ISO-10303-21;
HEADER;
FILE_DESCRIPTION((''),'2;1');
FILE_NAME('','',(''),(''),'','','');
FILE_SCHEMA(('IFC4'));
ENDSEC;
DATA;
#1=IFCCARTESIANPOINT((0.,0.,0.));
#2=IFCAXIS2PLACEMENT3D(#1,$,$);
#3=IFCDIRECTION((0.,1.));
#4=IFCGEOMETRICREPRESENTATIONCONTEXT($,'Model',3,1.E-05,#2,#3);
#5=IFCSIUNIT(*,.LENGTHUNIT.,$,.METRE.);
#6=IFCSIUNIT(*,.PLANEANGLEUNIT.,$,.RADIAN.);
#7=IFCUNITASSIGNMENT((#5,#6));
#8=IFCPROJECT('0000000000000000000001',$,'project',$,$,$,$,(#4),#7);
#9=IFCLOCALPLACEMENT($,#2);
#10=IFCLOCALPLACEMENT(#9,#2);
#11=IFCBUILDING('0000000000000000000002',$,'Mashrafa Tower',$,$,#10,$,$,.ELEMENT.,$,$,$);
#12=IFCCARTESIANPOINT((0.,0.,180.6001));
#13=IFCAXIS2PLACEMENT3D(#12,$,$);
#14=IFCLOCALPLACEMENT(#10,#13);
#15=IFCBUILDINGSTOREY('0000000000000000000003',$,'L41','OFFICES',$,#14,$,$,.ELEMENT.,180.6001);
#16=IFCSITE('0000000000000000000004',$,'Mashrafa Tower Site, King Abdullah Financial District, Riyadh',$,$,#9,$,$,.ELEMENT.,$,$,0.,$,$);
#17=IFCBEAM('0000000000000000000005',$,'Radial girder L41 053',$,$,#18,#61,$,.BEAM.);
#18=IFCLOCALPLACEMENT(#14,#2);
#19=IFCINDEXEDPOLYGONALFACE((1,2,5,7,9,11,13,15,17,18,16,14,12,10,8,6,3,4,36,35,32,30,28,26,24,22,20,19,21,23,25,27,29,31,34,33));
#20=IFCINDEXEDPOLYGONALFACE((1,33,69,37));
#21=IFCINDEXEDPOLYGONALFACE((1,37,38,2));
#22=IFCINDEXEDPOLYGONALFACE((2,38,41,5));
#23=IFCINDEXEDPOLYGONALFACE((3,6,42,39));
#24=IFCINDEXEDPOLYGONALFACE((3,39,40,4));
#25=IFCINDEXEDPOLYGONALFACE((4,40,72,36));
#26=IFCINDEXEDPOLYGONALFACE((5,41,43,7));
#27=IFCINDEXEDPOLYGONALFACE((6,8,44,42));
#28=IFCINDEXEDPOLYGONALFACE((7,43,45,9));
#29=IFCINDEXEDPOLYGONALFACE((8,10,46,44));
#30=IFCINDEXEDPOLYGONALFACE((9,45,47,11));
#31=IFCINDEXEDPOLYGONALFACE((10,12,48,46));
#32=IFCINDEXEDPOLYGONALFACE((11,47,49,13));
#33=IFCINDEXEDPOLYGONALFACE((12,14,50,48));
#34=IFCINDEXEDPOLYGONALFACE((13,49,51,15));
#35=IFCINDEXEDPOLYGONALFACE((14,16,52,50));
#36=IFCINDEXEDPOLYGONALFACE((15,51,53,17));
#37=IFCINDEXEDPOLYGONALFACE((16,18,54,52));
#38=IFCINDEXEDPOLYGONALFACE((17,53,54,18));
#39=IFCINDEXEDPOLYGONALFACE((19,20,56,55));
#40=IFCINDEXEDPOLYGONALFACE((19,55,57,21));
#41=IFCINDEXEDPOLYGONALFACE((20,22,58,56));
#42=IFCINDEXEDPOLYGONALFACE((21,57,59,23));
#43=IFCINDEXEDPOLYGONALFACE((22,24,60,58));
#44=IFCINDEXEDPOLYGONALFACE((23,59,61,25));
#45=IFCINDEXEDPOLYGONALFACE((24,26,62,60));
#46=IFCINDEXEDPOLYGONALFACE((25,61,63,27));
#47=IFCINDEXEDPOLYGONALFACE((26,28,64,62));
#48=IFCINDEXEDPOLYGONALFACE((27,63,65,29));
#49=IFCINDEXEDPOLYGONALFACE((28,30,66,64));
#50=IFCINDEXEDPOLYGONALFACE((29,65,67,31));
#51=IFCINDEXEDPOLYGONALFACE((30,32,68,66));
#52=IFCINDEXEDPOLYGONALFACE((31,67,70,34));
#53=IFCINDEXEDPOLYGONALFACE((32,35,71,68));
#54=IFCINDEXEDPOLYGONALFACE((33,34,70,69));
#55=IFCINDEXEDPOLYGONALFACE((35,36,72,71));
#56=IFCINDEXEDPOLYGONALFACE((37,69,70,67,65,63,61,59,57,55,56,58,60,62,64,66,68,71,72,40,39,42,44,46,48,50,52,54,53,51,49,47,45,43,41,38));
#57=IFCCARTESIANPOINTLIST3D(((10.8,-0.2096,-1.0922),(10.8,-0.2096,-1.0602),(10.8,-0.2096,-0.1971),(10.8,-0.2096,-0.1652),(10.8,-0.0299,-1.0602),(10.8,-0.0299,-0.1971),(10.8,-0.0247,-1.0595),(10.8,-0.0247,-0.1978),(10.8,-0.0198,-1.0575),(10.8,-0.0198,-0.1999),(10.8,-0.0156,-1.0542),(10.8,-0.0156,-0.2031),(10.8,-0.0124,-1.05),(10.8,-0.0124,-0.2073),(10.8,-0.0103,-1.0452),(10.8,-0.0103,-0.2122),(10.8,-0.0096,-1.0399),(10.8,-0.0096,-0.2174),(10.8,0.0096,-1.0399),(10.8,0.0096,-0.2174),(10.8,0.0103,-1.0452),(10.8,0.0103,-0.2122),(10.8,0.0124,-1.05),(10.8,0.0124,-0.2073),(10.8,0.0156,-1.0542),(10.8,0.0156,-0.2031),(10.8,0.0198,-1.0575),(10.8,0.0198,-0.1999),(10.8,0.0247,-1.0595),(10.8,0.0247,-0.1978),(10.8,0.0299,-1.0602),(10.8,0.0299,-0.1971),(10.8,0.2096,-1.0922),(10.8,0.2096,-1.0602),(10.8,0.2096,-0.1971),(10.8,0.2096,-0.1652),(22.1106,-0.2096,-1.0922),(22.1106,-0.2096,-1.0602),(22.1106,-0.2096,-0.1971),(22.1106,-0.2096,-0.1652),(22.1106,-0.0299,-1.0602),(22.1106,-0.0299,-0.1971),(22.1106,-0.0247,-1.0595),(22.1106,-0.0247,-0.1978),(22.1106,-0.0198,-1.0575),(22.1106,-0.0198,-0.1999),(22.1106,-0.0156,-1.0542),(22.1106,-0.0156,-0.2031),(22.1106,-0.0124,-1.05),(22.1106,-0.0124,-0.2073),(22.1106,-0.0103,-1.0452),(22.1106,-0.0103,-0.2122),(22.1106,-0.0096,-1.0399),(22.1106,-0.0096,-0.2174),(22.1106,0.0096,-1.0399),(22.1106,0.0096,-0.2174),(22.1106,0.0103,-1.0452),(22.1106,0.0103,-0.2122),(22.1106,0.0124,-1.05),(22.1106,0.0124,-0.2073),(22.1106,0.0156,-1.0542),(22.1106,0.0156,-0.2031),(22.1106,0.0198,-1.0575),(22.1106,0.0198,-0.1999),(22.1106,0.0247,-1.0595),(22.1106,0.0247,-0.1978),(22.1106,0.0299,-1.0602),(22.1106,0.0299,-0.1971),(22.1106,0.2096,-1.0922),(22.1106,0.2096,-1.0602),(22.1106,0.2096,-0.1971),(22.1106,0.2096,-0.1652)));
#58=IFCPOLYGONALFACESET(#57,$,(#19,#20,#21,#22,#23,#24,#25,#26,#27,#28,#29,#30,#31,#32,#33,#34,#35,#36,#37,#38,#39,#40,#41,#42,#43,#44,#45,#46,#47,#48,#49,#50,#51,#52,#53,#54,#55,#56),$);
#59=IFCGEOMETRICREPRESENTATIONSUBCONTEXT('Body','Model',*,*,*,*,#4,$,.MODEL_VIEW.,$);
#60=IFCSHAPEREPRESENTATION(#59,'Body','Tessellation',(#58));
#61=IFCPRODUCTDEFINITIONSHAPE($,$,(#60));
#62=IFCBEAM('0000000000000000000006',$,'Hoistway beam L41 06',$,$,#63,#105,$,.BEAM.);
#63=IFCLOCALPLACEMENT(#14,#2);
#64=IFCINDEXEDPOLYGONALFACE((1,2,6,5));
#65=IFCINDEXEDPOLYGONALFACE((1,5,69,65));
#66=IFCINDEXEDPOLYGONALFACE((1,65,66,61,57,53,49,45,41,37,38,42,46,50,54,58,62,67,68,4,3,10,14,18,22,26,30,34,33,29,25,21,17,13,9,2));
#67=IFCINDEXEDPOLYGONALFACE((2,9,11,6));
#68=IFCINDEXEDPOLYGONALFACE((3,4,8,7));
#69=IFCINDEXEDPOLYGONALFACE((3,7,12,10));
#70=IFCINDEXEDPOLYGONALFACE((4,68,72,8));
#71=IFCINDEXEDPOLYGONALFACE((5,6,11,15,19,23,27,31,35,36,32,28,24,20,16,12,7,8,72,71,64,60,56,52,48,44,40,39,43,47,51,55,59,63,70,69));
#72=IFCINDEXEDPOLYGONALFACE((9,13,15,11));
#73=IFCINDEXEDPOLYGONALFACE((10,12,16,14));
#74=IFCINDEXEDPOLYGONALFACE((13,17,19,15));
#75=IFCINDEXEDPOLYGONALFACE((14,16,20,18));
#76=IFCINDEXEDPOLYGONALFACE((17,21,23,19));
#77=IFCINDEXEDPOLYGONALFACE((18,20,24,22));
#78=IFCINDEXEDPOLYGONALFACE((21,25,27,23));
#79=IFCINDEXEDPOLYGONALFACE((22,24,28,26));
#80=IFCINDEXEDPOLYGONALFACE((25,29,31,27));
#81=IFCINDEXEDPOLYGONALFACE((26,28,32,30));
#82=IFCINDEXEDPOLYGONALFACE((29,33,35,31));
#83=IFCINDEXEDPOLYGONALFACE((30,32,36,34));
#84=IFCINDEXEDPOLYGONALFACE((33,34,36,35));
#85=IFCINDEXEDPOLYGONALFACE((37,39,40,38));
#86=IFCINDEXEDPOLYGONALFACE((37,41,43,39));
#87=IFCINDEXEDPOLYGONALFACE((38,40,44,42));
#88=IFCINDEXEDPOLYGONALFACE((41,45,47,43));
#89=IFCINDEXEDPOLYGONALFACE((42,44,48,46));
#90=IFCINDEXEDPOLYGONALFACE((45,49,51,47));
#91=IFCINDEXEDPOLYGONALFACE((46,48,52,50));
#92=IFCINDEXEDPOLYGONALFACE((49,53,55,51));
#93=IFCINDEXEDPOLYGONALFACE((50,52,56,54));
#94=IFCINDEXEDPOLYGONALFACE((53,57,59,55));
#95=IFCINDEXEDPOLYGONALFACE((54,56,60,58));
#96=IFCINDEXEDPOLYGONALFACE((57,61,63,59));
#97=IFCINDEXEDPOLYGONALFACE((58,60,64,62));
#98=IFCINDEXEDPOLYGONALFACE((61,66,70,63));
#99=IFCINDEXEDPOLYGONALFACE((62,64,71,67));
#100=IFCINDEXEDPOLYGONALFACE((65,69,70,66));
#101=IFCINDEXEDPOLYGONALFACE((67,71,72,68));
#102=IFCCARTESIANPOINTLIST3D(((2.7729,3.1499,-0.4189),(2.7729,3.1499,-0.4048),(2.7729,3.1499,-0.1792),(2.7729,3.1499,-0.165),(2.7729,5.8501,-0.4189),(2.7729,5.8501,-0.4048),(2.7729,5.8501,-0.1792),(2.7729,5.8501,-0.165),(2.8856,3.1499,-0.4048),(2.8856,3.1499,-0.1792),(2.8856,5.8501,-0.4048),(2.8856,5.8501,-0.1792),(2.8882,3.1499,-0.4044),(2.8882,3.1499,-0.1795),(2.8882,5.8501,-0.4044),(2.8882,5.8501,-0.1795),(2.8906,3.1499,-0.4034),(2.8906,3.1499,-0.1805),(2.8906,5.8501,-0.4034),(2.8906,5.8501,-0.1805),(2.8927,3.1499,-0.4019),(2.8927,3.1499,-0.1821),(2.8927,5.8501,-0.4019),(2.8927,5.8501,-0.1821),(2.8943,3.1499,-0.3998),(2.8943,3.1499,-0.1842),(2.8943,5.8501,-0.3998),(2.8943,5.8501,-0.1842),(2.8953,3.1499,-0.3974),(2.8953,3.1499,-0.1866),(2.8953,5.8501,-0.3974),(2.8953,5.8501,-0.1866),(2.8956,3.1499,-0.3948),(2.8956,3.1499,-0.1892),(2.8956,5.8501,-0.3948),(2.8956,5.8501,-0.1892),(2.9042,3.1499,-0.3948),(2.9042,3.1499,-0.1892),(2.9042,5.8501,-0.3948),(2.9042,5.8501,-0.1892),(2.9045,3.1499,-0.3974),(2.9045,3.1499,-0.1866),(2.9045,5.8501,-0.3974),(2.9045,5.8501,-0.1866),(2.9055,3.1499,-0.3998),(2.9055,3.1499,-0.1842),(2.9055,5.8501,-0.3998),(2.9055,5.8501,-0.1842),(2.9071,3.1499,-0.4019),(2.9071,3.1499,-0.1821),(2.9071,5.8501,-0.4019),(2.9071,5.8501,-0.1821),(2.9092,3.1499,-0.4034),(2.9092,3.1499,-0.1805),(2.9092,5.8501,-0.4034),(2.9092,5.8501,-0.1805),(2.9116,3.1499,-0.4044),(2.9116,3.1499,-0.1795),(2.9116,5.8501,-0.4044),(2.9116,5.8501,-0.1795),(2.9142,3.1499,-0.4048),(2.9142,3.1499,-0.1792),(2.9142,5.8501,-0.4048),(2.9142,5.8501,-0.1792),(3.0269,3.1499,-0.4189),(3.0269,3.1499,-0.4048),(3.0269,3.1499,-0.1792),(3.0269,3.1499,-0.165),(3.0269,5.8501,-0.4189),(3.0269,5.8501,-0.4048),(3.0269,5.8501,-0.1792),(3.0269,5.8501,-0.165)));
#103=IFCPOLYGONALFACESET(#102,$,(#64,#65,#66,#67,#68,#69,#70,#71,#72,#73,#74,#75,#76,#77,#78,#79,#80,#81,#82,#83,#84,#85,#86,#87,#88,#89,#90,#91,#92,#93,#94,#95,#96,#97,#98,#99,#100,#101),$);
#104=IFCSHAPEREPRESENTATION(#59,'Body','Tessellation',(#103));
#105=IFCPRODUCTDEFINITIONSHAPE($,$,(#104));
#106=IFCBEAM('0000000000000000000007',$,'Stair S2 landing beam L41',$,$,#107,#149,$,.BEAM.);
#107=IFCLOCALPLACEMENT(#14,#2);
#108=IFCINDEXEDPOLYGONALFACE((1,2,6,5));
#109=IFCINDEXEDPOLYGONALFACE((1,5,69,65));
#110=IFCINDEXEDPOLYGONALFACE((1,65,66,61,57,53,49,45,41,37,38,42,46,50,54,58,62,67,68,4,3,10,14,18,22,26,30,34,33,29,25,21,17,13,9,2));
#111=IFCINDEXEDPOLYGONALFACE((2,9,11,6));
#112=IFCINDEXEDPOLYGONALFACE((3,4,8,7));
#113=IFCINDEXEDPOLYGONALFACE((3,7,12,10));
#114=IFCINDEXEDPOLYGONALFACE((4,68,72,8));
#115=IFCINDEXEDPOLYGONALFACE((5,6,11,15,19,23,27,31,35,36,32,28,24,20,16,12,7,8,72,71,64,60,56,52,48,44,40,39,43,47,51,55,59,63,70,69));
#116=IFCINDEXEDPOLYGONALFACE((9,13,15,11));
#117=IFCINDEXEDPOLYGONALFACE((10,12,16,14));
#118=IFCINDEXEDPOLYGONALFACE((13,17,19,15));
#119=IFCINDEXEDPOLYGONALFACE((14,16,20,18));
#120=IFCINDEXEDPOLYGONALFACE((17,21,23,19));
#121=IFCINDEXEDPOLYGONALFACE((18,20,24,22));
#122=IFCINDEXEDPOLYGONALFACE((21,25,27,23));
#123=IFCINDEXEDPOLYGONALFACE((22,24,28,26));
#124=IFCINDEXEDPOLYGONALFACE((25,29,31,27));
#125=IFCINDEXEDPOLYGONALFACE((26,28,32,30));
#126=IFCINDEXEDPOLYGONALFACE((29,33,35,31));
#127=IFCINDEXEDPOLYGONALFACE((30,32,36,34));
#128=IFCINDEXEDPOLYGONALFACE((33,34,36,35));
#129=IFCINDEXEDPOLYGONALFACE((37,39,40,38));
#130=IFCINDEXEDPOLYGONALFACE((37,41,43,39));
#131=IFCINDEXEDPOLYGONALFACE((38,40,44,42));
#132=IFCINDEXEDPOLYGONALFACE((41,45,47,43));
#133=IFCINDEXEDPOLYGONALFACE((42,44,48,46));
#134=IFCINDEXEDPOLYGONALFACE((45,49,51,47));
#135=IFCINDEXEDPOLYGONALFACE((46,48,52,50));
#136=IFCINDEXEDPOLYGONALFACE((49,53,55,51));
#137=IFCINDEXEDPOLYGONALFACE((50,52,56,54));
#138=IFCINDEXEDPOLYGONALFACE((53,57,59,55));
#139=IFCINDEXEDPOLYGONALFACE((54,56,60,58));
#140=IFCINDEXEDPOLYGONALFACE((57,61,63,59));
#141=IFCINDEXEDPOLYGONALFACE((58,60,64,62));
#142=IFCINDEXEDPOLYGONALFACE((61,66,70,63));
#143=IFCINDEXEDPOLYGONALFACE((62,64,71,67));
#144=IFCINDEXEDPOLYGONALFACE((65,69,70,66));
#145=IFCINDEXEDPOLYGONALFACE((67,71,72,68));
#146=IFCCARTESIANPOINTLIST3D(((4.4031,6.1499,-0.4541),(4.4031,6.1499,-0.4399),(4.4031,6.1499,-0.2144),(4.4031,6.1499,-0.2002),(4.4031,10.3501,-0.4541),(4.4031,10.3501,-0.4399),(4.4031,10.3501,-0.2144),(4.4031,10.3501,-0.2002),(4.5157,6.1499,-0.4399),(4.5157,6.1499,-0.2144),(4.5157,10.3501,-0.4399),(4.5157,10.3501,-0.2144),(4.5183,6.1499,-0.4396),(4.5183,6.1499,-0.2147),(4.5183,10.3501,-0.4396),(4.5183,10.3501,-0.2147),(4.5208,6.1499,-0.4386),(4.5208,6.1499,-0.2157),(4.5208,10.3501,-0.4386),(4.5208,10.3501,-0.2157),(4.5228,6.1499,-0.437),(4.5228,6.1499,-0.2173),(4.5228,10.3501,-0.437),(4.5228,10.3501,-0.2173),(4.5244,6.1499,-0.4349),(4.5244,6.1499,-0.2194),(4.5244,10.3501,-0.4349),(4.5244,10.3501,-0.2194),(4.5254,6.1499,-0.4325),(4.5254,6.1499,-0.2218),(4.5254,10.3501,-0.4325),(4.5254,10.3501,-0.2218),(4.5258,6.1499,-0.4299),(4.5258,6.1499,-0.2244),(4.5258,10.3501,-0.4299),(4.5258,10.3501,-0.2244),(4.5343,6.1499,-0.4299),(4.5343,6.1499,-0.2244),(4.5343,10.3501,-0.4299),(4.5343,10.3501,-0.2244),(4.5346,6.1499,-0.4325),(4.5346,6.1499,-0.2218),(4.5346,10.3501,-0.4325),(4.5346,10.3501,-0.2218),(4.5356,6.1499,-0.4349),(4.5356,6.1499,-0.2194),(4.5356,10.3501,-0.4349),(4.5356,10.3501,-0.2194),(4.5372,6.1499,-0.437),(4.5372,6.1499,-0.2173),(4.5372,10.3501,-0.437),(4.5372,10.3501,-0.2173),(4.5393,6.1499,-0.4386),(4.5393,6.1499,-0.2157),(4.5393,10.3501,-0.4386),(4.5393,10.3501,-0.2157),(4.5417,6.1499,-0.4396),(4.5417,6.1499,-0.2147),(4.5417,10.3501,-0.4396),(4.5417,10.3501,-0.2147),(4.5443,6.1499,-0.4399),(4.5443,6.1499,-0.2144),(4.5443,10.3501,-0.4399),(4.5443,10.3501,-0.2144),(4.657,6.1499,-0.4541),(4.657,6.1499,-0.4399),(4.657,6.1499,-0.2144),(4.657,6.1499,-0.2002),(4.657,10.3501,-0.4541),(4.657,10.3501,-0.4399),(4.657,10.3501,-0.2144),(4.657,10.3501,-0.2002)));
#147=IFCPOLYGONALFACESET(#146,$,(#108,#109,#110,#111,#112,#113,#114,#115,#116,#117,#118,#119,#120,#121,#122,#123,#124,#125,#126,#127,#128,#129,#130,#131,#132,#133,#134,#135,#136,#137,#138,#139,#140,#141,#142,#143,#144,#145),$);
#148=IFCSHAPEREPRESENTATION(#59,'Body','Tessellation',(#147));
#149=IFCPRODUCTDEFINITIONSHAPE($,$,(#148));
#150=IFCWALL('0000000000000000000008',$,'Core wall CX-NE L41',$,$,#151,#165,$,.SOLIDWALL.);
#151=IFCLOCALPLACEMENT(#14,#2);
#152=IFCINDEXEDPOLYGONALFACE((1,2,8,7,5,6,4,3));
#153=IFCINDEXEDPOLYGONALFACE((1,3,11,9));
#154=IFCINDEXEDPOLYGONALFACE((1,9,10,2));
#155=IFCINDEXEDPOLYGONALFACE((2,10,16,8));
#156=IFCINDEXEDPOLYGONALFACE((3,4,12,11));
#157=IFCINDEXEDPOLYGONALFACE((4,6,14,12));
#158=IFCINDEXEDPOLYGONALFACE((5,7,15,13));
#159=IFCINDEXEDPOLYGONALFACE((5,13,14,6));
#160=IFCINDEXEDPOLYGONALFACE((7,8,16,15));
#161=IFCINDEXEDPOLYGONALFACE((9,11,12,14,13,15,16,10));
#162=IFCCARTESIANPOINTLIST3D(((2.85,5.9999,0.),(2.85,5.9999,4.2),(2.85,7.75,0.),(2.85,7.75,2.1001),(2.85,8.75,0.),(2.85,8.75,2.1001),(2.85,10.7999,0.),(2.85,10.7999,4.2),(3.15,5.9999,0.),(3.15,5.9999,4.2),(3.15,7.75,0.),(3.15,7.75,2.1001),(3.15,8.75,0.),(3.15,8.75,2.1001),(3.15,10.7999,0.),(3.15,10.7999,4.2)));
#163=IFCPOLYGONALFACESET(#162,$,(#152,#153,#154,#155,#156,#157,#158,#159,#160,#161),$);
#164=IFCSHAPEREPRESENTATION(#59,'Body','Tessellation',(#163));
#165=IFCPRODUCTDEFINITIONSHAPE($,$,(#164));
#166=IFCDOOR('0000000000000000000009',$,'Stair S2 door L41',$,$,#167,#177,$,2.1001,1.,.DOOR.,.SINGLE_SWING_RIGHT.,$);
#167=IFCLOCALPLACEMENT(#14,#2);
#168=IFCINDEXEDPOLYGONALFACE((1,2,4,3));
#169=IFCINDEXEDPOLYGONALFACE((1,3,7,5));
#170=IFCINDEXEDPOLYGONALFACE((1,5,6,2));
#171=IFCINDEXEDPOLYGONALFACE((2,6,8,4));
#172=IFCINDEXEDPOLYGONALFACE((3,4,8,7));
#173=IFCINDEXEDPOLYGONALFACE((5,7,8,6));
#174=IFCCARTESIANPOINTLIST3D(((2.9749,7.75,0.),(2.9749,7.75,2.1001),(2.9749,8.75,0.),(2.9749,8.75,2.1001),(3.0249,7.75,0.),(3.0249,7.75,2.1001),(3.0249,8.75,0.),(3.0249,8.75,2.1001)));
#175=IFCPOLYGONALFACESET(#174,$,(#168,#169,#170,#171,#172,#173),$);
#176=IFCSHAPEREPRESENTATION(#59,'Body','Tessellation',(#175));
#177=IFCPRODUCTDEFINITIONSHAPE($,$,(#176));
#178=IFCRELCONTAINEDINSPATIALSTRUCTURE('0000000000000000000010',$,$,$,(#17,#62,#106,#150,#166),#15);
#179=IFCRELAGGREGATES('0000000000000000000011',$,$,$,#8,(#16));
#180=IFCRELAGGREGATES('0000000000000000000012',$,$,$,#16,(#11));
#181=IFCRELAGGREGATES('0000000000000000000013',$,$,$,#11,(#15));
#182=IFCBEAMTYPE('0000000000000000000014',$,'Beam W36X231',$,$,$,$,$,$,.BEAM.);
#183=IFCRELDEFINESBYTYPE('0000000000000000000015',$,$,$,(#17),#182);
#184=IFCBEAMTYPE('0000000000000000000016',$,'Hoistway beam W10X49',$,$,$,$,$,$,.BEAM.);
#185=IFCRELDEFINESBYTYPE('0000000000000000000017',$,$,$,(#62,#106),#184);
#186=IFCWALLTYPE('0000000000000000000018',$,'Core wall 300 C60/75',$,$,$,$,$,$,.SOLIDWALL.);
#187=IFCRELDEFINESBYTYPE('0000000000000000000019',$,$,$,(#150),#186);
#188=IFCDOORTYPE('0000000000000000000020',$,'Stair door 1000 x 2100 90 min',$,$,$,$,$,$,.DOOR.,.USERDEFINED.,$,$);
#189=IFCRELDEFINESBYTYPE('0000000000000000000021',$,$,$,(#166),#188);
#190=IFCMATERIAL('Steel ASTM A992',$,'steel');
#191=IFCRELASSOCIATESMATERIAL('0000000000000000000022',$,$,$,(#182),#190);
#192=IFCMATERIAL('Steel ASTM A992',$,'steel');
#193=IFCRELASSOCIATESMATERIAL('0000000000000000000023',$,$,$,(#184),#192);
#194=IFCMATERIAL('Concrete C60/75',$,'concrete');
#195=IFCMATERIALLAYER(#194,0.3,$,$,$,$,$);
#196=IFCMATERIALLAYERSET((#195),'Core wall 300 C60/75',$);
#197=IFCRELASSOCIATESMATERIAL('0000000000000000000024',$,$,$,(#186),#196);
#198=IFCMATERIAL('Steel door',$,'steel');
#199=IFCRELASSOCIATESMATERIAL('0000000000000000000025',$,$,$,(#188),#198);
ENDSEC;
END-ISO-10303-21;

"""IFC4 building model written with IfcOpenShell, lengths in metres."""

from ifc_helpers import new_model, si_unit, direction, frame, frame_2d, origin, origin_2d, place, context, subcontext, project, spatial, rectangle, i_section, extrude, material, layer, layer_set, material_profile, profile_set, type_object, element, fill, save


model = new_model("IFC4")

# Units and contexts
model_context = context("Model", 3, precision=1e-05, world=origin(), true_north=direction((0.0, 1.0)))
body_context = subcontext(model_context, "Body", "Model", "MODEL_VIEW")
ifc_project = project(units=[si_unit("LENGTHUNIT", "METRE"), si_unit("PLANEANGLEUNIT", "RADIAN")], contexts=[model_context])

# Site, building, storey
site_placement = place(None, origin())
site = spatial("IfcSite", under=ifc_project, at=site_placement, Name="Mashrafa Tower Site, King Abdullah Financial District, Riyadh", CompositionType="ELEMENT", RefElevation=0.0)
building_placement = place(site_placement, origin())
building = spatial("IfcBuilding", under=site, at=building_placement, Name="Mashrafa Tower", CompositionType="ELEMENT")
storey_placement = place(building_placement, frame((0.0, 0.0, 180.6001)))
storey = spatial("IfcBuildingStorey", under=building, at=storey_placement, Name="L41", Description="OFFICES", CompositionType="ELEMENT", Elevation=180.6001)

# Beams
ifc_material_1 = material(Name="Steel ASTM A992", Category="steel")
ifc_material_profile_1 = material_profile(ifc_material_1, i_section(OverallWidth=0.4192, OverallDepth=0.927, WebThickness=0.0193, FlangeThickness=0.032, FilletRadius=0.0203, at=origin_2d()), Name="W36X231")
ifc_profile_set_1 = profile_set([ifc_material_profile_1], Name="Steel ASTM A992")
beam_type_1 = type_object("IfcBeamType", Name="Beam W36X231", PredefinedType="BEAM", material=ifc_profile_set_1)
beam_1_placement = place(storey_placement, frame((10.8, 0.0, -0.6287), z_axis=(1.0, 0.0, 0.0), x_axis=(0.0, 1.0, 0.0)))
element("IfcBeam", 1, at=beam_1_placement, inside=storey, type_object=beam_type_1, Name="Radial girder L41 053", PredefinedType="BEAM", context=body_context, shape_type="SweptSolid", body=[
    extrude(i_section(OverallWidth=0.4192, OverallDepth=0.927, WebThickness=0.0193, FlangeThickness=0.032, FilletRadius=0.0203, at=origin_2d()), origin(), (0.0, 0.0, 1.0), 11.3105),
])
ifc_material_2 = material(Name="Steel ASTM A992", Category="steel")
ifc_material_profile_2 = material_profile(ifc_material_2, i_section(OverallWidth=0.2539, OverallDepth=0.2539, WebThickness=0.0085, FlangeThickness=0.0142, FilletRadius=0.01, at=origin_2d()), Name="W10X49")
ifc_profile_set_2 = profile_set([ifc_material_profile_2], Name="Steel ASTM A992")
beam_type_2 = type_object("IfcBeamType", Name="Hoistway beam W10X49", PredefinedType="BEAM", material=ifc_profile_set_2)
beam_2_placement = place(storey_placement, frame((2.8999, 3.1499, -0.292), z_axis=(0.0, 1.0, 0.0), x_axis=(-1.0, 0.0, 0.0)))
element("IfcBeam", 2, at=beam_2_placement, inside=storey, type_object=beam_type_2, Name="Hoistway beam L41 06", PredefinedType="BEAM", context=body_context, shape_type="SweptSolid", body=[
    extrude(i_section(OverallWidth=0.2539, OverallDepth=0.2539, WebThickness=0.0085, FlangeThickness=0.0142, FilletRadius=0.01, at=origin_2d()), origin(), (0.0, 0.0, 1.0), 2.7002),
])
beam_3_placement = place(storey_placement, frame((4.53, 6.1499, -0.3271), z_axis=(0.0, 1.0, 0.0), x_axis=(-1.0, 0.0, 0.0)))
element("IfcBeam", 3, at=beam_3_placement, inside=storey, type_object=beam_type_2, Name="Stair S2 landing beam L41", PredefinedType="BEAM", context=body_context, shape_type="SweptSolid", body=[
    extrude(i_section(OverallWidth=0.2539, OverallDepth=0.2539, WebThickness=0.0085, FlangeThickness=0.0142, FilletRadius=0.01, at=origin_2d()), origin(), (0.0, 0.0, 1.0), 4.2002),
])

# Wall, opening, door
ifc_material_3 = material(Name="Concrete C60/75", Category="concrete")
ifc_layer_1 = layer(ifc_material_3, 0.3)
ifc_layer_set_1 = layer_set([ifc_layer_1], Name="Core wall 300 C60/75")
wall_type_1 = type_object("IfcWallType", Name="Core wall 300 C60/75", PredefinedType="SOLIDWALL", material=ifc_layer_set_1)
wall_1_placement = place(storey_placement, frame((3.0, 6.0, 0.0), z_axis=(0.0, 0.0, 1.0), x_axis=(0.0, 1.0, 0.0)))
wall_1 = element("IfcWall", 4, at=wall_1_placement, inside=storey, type_object=wall_type_1, Name="Core wall CX-NE L41", PredefinedType="SOLIDWALL", context=body_context, shape_type="SweptSolid", body=[
    extrude(rectangle(XDim=4.8, YDim=0.3, at=frame_2d((2.3999, 0.0))), origin(), (0.0, 0.0, 1.0), 4.2),
])
opening_placement = place(wall_1_placement, frame((1.75, 0.0, 0.0)))
opening = element("IfcOpeningElement", 5, at=opening_placement, cuts=wall_1, PredefinedType="OPENING", context=body_context, shape_type="SweptSolid", body=[
    extrude(rectangle(XDim=1.0, YDim=2.1001, at=frame_2d((0.5, 1.05))), frame((0.0, 0.1599, 0.0), z_axis=(0.0, -1.0, 0.0), x_axis=(1.0, 0.0, 0.0)), (0.0, 0.0, 1.0), 0.3201),
])
ifc_material_4 = material(Name="Steel door", Category="steel")
door_type = type_object("IfcDoorType", Name="Stair door 1000 x 2100 90 min", OperationType="USERDEFINED", PredefinedType="DOOR", material=ifc_material_4)
door_placement = place(opening_placement, frame((1.0, 0.0, 0.0), z_axis=(0.0, 0.0, 1.0), x_axis=(-1.0, 0.0, 0.0)))
door = element("IfcDoor", 6, at=door_placement, inside=storey, type_object=door_type, Name="Stair S2 door L41", OperationType="SINGLE_SWING_RIGHT", OverallHeight=2.1001, OverallWidth=1.0, PredefinedType="DOOR", context=body_context, shape_type="SweptSolid", body=[
    extrude(rectangle(XDim=1.0, YDim=2.1001, at=frame_2d((0.5, 1.05))), frame((0.0, 0.0249, 0.0), z_axis=(0.0, -1.0, 0.0), x_axis=(1.0, 0.0, 0.0)), (0.0, 0.0, 1.0), 0.05),
])
fill(opening, door)

save(model, "model.ifc")
